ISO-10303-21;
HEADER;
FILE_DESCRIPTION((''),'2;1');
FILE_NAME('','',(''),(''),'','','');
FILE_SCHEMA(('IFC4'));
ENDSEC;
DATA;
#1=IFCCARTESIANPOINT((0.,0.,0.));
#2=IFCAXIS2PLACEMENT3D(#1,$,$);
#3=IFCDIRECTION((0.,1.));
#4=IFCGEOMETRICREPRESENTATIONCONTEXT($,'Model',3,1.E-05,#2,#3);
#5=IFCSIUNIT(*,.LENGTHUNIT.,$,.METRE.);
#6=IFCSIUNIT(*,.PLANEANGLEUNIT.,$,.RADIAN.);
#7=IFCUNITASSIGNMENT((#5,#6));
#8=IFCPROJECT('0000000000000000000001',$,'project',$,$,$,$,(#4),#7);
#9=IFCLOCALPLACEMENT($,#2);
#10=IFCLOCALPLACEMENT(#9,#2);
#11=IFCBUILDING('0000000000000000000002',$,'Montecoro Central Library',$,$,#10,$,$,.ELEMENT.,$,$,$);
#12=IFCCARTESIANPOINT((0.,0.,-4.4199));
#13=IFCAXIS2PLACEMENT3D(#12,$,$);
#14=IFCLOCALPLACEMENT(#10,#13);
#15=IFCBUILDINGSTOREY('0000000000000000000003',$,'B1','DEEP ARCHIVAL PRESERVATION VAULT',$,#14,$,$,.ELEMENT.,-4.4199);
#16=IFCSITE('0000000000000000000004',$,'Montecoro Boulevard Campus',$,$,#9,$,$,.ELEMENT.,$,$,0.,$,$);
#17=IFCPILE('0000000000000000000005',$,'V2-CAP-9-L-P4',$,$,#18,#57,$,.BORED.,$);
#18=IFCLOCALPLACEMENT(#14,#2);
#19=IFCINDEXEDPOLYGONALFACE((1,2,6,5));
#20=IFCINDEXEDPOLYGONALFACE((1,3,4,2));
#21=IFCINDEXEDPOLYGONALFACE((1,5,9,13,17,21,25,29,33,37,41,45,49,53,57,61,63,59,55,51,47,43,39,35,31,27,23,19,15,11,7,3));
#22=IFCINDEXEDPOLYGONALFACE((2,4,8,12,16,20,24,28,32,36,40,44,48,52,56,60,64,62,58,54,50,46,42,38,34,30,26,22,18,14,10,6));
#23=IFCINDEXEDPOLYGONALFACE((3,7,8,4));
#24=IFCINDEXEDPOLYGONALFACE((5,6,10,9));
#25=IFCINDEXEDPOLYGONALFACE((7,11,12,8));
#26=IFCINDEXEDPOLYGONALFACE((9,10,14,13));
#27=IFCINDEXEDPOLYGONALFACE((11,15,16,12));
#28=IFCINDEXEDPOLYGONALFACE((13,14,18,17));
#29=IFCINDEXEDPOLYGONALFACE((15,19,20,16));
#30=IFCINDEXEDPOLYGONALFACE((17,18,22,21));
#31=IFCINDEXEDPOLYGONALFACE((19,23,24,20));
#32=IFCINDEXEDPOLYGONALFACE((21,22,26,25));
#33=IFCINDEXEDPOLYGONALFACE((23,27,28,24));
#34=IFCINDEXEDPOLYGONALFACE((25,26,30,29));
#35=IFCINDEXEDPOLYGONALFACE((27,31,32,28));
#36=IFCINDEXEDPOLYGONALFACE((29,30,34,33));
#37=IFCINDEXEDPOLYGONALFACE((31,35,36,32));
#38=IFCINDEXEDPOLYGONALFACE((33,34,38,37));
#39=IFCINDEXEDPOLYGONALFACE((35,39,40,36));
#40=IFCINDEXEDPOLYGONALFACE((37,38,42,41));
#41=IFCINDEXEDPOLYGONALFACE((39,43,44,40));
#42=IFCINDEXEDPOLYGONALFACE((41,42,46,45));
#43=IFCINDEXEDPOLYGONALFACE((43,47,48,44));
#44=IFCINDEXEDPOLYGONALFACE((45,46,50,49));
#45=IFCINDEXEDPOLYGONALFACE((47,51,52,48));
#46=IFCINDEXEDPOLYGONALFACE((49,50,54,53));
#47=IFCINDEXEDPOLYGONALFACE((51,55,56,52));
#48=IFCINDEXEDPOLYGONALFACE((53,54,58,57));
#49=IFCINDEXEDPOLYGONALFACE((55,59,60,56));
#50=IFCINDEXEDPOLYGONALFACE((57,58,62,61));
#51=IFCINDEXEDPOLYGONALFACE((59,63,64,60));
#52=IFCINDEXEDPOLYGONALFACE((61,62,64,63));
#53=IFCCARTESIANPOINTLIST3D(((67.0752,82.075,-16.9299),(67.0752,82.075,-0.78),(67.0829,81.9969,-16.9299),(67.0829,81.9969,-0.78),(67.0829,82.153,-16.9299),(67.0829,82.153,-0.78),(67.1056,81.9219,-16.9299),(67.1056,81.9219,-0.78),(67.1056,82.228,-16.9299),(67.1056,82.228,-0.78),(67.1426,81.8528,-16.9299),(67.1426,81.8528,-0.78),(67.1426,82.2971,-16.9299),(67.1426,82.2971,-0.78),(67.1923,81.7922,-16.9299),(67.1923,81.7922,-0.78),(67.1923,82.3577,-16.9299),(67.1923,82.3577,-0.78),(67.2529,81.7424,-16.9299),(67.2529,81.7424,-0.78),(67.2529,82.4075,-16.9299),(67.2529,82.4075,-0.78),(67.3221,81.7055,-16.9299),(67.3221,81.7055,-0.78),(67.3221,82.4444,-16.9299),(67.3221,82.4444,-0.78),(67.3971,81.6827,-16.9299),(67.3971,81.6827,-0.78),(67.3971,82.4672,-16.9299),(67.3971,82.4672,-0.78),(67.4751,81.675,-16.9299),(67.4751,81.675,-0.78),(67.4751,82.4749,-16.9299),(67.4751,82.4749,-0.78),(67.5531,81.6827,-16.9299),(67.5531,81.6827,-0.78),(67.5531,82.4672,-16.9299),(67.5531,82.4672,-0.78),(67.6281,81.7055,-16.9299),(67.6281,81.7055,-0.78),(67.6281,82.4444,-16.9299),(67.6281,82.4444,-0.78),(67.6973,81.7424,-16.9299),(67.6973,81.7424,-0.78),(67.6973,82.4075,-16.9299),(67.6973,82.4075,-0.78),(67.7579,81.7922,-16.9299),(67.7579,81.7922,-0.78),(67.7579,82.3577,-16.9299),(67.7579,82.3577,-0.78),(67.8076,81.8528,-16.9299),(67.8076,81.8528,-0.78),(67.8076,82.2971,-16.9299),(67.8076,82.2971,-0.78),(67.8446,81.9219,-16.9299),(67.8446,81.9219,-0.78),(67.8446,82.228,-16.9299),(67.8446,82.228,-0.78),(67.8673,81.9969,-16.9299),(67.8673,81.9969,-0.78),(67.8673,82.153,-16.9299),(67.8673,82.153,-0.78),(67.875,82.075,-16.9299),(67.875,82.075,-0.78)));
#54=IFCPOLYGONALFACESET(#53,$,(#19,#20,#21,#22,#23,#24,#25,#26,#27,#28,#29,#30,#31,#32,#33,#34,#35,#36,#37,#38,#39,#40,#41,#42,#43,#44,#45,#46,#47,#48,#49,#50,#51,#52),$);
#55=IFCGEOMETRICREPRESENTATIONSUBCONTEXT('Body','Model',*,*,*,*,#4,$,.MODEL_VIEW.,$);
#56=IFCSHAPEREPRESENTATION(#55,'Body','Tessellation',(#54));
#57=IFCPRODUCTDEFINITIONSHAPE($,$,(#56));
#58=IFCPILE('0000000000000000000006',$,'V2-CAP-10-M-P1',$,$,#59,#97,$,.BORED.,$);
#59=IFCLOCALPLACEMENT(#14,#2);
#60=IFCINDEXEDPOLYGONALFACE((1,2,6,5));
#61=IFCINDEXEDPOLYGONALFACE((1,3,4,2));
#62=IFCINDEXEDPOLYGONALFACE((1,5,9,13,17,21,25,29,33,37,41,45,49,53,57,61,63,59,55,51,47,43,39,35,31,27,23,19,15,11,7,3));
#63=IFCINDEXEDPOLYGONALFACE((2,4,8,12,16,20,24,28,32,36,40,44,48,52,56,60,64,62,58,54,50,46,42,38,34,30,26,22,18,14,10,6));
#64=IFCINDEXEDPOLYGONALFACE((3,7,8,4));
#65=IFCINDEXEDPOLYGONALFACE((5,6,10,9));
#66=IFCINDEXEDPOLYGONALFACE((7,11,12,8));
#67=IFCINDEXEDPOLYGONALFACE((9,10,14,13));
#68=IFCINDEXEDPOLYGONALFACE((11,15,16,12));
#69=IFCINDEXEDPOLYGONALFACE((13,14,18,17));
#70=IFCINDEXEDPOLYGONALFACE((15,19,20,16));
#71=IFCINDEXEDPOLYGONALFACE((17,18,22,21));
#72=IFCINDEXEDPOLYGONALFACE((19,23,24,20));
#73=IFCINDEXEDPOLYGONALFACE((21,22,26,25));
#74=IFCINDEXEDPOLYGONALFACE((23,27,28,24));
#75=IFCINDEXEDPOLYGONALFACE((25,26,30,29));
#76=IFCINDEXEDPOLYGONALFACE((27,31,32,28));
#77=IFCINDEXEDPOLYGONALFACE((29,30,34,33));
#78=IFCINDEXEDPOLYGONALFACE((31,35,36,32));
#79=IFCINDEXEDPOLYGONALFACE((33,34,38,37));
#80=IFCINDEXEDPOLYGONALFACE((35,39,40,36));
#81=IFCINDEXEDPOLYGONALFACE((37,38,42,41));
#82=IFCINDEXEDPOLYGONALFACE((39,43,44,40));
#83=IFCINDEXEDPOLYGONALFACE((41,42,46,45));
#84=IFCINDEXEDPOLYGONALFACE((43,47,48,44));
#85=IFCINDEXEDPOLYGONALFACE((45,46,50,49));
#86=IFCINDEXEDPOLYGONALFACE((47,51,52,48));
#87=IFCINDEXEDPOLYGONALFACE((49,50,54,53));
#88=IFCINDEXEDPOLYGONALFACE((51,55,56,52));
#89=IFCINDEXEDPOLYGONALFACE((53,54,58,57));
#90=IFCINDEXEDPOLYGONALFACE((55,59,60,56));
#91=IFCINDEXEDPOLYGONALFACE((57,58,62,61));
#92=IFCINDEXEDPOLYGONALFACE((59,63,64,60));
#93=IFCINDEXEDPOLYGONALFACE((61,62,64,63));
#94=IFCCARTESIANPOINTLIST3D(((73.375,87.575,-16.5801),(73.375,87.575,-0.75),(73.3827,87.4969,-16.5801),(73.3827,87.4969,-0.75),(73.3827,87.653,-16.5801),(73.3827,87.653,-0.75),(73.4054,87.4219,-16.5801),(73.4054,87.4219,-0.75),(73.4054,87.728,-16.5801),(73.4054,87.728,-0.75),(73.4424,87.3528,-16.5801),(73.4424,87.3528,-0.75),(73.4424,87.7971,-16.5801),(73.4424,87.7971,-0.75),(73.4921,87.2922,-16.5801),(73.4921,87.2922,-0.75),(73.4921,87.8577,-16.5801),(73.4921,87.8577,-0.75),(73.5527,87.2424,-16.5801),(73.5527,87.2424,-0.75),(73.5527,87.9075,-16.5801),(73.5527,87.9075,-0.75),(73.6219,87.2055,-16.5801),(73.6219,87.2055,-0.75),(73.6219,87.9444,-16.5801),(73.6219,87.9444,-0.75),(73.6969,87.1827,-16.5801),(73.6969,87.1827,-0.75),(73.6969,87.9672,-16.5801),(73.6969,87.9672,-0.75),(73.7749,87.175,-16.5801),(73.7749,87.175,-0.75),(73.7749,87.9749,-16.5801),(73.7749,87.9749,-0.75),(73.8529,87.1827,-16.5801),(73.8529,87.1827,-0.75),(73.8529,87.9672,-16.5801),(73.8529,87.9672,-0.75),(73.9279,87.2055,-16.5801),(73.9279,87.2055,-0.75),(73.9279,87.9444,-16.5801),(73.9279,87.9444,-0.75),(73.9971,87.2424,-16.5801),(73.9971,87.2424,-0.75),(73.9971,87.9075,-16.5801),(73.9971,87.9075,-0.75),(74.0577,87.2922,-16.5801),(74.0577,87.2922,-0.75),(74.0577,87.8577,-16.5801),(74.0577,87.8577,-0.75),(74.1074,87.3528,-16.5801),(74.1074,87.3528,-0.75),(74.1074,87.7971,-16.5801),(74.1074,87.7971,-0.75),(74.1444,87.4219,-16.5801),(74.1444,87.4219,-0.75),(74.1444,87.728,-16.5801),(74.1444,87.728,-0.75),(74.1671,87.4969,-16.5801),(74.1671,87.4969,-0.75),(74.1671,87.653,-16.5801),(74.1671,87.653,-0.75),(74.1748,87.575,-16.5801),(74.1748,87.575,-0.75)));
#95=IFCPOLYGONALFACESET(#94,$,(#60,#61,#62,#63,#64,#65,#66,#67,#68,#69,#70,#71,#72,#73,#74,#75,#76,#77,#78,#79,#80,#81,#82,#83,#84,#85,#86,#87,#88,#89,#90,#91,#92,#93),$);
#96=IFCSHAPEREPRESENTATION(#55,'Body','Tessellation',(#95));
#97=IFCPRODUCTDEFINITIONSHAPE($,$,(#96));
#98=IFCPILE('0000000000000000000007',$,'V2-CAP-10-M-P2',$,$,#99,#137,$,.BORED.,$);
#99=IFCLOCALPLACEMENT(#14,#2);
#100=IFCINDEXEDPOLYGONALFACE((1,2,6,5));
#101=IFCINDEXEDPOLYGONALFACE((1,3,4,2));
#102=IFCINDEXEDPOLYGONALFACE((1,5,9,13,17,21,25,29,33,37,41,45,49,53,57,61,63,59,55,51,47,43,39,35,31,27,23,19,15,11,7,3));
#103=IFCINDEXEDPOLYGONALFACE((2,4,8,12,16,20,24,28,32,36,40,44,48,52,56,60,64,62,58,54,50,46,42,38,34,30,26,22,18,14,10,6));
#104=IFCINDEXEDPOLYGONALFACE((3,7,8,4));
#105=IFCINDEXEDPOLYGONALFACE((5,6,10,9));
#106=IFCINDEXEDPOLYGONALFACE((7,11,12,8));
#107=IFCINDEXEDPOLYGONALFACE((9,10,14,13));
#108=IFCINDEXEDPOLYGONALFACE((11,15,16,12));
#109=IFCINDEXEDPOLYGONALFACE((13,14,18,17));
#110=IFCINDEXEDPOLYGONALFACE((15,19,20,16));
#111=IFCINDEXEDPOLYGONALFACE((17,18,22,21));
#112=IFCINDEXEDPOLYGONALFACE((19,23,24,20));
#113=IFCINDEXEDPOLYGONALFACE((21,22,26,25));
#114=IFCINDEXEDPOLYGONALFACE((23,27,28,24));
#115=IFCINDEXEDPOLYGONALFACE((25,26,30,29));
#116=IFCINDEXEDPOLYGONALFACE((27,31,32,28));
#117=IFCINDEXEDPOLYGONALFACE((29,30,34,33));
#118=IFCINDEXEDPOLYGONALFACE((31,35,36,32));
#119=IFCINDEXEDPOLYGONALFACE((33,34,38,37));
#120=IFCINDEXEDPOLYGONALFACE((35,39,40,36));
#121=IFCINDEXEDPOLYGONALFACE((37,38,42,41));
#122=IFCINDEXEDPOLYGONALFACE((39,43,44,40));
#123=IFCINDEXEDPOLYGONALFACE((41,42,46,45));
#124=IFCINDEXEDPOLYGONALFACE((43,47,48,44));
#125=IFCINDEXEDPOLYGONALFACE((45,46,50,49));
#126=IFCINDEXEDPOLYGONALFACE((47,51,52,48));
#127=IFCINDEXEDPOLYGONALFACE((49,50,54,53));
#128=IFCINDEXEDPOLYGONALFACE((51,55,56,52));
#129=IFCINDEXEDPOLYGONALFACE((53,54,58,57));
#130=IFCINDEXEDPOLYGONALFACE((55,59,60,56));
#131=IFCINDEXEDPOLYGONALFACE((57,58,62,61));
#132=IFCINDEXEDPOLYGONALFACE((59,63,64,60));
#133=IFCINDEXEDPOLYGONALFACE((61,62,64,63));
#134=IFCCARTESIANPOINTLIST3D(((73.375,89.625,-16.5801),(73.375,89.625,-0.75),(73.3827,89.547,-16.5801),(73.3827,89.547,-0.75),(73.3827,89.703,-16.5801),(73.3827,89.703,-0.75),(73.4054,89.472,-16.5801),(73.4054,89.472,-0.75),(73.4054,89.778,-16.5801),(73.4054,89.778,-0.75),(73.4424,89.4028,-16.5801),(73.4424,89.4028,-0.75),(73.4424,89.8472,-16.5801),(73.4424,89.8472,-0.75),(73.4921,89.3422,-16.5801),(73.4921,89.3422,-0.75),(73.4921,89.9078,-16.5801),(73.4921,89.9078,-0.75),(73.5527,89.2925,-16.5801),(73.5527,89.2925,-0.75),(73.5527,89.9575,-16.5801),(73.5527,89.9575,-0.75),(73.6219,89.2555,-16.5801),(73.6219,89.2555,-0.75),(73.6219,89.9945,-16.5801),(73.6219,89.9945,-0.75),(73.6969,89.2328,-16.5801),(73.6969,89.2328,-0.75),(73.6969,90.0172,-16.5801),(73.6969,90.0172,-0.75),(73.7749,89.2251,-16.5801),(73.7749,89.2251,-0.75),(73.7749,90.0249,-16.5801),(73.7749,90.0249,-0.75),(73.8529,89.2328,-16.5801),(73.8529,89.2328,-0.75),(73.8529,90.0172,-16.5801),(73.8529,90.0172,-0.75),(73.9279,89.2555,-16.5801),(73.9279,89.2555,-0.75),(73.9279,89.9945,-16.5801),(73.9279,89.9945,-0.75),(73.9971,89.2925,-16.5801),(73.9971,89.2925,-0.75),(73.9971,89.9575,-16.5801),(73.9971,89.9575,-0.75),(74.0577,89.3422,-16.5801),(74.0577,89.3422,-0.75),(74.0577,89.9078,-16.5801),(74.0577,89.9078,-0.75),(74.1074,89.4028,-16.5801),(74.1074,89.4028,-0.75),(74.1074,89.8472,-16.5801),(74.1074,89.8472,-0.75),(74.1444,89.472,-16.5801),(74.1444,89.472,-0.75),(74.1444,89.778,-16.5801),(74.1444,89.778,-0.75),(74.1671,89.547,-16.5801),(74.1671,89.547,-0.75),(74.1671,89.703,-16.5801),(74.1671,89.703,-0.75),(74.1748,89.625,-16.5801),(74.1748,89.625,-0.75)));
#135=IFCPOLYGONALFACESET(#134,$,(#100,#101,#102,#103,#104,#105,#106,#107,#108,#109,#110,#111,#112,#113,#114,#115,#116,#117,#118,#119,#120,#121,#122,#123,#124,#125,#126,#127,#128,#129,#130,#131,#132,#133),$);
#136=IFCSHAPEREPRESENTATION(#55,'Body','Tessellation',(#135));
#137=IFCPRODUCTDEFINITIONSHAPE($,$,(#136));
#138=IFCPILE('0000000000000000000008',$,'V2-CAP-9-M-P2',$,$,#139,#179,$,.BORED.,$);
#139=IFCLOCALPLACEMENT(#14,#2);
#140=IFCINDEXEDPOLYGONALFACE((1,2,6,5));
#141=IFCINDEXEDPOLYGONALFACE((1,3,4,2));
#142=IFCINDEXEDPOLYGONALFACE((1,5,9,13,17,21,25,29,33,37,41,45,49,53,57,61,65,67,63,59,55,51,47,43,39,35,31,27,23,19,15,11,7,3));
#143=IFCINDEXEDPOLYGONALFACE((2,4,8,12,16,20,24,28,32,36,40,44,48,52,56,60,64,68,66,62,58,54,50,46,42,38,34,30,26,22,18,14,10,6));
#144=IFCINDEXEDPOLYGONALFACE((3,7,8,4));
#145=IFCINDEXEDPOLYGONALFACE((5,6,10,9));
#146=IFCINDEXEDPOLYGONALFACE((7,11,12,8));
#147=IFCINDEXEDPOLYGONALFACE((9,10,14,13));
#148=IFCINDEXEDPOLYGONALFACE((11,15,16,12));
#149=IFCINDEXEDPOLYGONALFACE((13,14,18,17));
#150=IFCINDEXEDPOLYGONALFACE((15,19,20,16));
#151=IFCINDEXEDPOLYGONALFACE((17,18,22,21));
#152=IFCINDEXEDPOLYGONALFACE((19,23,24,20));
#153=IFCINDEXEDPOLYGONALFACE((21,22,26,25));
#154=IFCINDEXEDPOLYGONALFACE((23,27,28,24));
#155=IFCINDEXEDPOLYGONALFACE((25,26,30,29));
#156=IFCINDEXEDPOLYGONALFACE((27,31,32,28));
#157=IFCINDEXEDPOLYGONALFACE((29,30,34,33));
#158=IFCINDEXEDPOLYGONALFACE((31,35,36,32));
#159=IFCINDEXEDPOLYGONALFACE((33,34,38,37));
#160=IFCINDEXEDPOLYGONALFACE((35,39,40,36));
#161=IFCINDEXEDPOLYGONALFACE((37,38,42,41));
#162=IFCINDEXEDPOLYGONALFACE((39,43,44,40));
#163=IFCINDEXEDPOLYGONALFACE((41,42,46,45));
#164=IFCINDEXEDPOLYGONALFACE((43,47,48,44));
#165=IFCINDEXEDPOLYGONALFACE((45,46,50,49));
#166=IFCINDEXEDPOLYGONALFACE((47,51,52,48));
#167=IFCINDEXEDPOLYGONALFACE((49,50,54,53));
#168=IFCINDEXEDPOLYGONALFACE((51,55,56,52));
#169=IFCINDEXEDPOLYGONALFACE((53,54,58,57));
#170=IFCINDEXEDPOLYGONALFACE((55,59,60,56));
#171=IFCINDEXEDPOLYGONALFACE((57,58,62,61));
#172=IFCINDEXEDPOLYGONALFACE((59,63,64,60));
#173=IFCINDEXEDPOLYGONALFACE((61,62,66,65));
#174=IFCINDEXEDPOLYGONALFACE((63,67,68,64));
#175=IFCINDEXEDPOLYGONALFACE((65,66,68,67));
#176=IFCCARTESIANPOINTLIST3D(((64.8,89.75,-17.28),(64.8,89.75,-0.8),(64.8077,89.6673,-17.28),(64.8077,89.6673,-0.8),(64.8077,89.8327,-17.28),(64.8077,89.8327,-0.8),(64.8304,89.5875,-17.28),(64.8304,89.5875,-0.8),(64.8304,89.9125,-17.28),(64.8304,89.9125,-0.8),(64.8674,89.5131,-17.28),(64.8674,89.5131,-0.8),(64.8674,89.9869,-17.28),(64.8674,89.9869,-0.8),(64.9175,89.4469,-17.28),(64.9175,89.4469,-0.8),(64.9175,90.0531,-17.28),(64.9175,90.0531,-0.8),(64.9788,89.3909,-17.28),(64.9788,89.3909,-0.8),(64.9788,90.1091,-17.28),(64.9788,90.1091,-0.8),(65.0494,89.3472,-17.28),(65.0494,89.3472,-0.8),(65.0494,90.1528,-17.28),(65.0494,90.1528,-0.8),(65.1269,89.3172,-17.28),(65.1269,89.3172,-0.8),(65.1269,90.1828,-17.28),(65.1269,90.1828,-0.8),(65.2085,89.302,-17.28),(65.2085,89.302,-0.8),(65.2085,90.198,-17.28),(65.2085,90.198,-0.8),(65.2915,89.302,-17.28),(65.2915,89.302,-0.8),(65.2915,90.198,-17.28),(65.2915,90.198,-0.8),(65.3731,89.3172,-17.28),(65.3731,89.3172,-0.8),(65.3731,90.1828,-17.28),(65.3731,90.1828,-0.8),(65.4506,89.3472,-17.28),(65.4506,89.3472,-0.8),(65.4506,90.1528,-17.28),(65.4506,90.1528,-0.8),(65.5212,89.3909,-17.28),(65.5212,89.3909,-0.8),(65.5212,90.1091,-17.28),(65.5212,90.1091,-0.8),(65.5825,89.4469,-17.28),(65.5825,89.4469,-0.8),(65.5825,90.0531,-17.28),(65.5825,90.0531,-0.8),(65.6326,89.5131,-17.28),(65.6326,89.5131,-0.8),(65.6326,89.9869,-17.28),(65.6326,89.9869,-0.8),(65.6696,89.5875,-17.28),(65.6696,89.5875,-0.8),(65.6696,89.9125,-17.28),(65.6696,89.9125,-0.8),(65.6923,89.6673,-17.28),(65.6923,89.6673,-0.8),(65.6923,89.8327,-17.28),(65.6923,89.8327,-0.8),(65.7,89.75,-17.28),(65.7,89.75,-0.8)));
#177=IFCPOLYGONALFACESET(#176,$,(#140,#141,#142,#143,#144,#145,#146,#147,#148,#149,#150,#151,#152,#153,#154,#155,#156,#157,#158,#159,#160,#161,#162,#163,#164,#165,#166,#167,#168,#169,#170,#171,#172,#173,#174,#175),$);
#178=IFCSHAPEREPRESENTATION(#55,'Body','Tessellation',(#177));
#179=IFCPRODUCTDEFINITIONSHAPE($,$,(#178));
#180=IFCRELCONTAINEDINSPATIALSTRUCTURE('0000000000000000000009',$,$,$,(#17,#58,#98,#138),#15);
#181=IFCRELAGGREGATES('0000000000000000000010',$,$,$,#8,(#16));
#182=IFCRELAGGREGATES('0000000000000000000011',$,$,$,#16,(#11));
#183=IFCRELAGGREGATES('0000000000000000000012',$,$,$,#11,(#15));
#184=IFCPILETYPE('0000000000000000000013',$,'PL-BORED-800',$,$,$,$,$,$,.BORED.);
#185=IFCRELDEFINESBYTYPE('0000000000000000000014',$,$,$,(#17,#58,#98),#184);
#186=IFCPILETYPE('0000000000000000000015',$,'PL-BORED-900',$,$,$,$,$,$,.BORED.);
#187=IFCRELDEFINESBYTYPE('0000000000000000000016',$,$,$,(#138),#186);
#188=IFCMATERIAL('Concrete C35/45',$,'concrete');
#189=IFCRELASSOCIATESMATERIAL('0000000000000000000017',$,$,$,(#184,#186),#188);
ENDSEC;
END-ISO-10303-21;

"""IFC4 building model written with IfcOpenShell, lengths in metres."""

from ifc_helpers import new_model, si_unit, direction, frame, origin, origin_2d, place, context, subcontext, project, spatial, circle, extrude, material, material_profile, profile_set, type_object, element, save


model = new_model("IFC4")

# Units and contexts
model_context = context("Model", 3, precision=1e-05, world=origin(), true_north=direction((0.0, 1.0)))
body_context = subcontext(model_context, "Body", "Model", "MODEL_VIEW")
ifc_project = project(units=[si_unit("LENGTHUNIT", "METRE"), si_unit("PLANEANGLEUNIT", "RADIAN")], contexts=[model_context])

# Site, building, storey
site_placement = place(None, origin())
site = spatial("IfcSite", under=ifc_project, at=site_placement, Name="Montecoro Boulevard Campus", CompositionType="ELEMENT", RefElevation=0.0)
building_placement = place(site_placement, origin())
building = spatial("IfcBuilding", under=site, at=building_placement, Name="Montecoro Central Library", CompositionType="ELEMENT")
storey_placement = place(building_placement, frame((0.0, 0.0, -4.4199)))
storey = spatial("IfcBuildingStorey", under=building, at=storey_placement, Name="B1", Description="DEEP ARCHIVAL PRESERVATION VAULT", CompositionType="ELEMENT", Elevation=-4.4199)

# Shared definitions
ifc_material_1 = material(Name="Concrete C35/45", Category="concrete")

# Piles
ifc_material_profile_1 = material_profile(ifc_material_1, circle(Radius=0.3999, at=origin_2d()), Name="PILE D800")
ifc_profile_set_1 = profile_set([ifc_material_profile_1], Name="Concrete C35/45")
pile_type_1 = type_object("IfcPileType", Name="PL-BORED-800", PredefinedType="BORED", material=ifc_profile_set_1)
for number, where, z_axis, x_axis, name in (
    (1, (67.4751, 82.075, -0.78), (0.0, 0.0, -1.0), (1.0, 0.0, 0.0), "V2-CAP-9-L-P4"),
):
    element("IfcPile", number, at=place(storey_placement, frame(where, z_axis=z_axis, x_axis=x_axis)), inside=storey, type_object=pile_type_1, Name=name, PredefinedType="BORED", context=body_context, shape_type="SweptSolid", body=[
        extrude(circle(Radius=0.3999, at=origin_2d()), origin(), (0.0, 0.0, 1.0), 16.1499),
    ])
for number, where, z_axis, x_axis, name in (
    (2, (73.7749, 87.575, -0.75), (0.0, 0.0, -1.0), (1.0, 0.0, 0.0), "V2-CAP-10-M-P1"),
    (3, (73.7749, 89.625, -0.75), (0.0, 0.0, -1.0), (1.0, 0.0, 0.0), "V2-CAP-10-M-P2"),
):
    element("IfcPile", number, at=place(storey_placement, frame(where, z_axis=z_axis, x_axis=x_axis)), inside=storey, type_object=pile_type_1, Name=name, PredefinedType="BORED", context=body_context, shape_type="SweptSolid", body=[
        extrude(circle(Radius=0.3999, at=origin_2d()), origin(), (0.0, 0.0, 1.0), 15.8301),
    ])
ifc_material_profile_2 = material_profile(ifc_material_1, circle(Radius=0.45, at=origin_2d()), Name="PILE D900")
ifc_profile_set_2 = profile_set([ifc_material_profile_2], Name="Concrete C35/45")
pile_type_2 = type_object("IfcPileType", Name="PL-BORED-900", PredefinedType="BORED", material=ifc_profile_set_2)
for number, where, z_axis, x_axis, name in (
    (4, (65.25, 89.75, -0.8), (0.0, 0.0, -1.0), (1.0, 0.0, 0.0), "V2-CAP-9-M-P2"),
):
    element("IfcPile", number, at=place(storey_placement, frame(where, z_axis=z_axis, x_axis=x_axis)), inside=storey, type_object=pile_type_2, Name=name, PredefinedType="BORED", context=body_context, shape_type="SweptSolid", body=[
        extrude(circle(Radius=0.45, at=origin_2d()), origin(), (0.0, 0.0, 1.0), 16.48),
    ])

save(model, "model.ifc")
